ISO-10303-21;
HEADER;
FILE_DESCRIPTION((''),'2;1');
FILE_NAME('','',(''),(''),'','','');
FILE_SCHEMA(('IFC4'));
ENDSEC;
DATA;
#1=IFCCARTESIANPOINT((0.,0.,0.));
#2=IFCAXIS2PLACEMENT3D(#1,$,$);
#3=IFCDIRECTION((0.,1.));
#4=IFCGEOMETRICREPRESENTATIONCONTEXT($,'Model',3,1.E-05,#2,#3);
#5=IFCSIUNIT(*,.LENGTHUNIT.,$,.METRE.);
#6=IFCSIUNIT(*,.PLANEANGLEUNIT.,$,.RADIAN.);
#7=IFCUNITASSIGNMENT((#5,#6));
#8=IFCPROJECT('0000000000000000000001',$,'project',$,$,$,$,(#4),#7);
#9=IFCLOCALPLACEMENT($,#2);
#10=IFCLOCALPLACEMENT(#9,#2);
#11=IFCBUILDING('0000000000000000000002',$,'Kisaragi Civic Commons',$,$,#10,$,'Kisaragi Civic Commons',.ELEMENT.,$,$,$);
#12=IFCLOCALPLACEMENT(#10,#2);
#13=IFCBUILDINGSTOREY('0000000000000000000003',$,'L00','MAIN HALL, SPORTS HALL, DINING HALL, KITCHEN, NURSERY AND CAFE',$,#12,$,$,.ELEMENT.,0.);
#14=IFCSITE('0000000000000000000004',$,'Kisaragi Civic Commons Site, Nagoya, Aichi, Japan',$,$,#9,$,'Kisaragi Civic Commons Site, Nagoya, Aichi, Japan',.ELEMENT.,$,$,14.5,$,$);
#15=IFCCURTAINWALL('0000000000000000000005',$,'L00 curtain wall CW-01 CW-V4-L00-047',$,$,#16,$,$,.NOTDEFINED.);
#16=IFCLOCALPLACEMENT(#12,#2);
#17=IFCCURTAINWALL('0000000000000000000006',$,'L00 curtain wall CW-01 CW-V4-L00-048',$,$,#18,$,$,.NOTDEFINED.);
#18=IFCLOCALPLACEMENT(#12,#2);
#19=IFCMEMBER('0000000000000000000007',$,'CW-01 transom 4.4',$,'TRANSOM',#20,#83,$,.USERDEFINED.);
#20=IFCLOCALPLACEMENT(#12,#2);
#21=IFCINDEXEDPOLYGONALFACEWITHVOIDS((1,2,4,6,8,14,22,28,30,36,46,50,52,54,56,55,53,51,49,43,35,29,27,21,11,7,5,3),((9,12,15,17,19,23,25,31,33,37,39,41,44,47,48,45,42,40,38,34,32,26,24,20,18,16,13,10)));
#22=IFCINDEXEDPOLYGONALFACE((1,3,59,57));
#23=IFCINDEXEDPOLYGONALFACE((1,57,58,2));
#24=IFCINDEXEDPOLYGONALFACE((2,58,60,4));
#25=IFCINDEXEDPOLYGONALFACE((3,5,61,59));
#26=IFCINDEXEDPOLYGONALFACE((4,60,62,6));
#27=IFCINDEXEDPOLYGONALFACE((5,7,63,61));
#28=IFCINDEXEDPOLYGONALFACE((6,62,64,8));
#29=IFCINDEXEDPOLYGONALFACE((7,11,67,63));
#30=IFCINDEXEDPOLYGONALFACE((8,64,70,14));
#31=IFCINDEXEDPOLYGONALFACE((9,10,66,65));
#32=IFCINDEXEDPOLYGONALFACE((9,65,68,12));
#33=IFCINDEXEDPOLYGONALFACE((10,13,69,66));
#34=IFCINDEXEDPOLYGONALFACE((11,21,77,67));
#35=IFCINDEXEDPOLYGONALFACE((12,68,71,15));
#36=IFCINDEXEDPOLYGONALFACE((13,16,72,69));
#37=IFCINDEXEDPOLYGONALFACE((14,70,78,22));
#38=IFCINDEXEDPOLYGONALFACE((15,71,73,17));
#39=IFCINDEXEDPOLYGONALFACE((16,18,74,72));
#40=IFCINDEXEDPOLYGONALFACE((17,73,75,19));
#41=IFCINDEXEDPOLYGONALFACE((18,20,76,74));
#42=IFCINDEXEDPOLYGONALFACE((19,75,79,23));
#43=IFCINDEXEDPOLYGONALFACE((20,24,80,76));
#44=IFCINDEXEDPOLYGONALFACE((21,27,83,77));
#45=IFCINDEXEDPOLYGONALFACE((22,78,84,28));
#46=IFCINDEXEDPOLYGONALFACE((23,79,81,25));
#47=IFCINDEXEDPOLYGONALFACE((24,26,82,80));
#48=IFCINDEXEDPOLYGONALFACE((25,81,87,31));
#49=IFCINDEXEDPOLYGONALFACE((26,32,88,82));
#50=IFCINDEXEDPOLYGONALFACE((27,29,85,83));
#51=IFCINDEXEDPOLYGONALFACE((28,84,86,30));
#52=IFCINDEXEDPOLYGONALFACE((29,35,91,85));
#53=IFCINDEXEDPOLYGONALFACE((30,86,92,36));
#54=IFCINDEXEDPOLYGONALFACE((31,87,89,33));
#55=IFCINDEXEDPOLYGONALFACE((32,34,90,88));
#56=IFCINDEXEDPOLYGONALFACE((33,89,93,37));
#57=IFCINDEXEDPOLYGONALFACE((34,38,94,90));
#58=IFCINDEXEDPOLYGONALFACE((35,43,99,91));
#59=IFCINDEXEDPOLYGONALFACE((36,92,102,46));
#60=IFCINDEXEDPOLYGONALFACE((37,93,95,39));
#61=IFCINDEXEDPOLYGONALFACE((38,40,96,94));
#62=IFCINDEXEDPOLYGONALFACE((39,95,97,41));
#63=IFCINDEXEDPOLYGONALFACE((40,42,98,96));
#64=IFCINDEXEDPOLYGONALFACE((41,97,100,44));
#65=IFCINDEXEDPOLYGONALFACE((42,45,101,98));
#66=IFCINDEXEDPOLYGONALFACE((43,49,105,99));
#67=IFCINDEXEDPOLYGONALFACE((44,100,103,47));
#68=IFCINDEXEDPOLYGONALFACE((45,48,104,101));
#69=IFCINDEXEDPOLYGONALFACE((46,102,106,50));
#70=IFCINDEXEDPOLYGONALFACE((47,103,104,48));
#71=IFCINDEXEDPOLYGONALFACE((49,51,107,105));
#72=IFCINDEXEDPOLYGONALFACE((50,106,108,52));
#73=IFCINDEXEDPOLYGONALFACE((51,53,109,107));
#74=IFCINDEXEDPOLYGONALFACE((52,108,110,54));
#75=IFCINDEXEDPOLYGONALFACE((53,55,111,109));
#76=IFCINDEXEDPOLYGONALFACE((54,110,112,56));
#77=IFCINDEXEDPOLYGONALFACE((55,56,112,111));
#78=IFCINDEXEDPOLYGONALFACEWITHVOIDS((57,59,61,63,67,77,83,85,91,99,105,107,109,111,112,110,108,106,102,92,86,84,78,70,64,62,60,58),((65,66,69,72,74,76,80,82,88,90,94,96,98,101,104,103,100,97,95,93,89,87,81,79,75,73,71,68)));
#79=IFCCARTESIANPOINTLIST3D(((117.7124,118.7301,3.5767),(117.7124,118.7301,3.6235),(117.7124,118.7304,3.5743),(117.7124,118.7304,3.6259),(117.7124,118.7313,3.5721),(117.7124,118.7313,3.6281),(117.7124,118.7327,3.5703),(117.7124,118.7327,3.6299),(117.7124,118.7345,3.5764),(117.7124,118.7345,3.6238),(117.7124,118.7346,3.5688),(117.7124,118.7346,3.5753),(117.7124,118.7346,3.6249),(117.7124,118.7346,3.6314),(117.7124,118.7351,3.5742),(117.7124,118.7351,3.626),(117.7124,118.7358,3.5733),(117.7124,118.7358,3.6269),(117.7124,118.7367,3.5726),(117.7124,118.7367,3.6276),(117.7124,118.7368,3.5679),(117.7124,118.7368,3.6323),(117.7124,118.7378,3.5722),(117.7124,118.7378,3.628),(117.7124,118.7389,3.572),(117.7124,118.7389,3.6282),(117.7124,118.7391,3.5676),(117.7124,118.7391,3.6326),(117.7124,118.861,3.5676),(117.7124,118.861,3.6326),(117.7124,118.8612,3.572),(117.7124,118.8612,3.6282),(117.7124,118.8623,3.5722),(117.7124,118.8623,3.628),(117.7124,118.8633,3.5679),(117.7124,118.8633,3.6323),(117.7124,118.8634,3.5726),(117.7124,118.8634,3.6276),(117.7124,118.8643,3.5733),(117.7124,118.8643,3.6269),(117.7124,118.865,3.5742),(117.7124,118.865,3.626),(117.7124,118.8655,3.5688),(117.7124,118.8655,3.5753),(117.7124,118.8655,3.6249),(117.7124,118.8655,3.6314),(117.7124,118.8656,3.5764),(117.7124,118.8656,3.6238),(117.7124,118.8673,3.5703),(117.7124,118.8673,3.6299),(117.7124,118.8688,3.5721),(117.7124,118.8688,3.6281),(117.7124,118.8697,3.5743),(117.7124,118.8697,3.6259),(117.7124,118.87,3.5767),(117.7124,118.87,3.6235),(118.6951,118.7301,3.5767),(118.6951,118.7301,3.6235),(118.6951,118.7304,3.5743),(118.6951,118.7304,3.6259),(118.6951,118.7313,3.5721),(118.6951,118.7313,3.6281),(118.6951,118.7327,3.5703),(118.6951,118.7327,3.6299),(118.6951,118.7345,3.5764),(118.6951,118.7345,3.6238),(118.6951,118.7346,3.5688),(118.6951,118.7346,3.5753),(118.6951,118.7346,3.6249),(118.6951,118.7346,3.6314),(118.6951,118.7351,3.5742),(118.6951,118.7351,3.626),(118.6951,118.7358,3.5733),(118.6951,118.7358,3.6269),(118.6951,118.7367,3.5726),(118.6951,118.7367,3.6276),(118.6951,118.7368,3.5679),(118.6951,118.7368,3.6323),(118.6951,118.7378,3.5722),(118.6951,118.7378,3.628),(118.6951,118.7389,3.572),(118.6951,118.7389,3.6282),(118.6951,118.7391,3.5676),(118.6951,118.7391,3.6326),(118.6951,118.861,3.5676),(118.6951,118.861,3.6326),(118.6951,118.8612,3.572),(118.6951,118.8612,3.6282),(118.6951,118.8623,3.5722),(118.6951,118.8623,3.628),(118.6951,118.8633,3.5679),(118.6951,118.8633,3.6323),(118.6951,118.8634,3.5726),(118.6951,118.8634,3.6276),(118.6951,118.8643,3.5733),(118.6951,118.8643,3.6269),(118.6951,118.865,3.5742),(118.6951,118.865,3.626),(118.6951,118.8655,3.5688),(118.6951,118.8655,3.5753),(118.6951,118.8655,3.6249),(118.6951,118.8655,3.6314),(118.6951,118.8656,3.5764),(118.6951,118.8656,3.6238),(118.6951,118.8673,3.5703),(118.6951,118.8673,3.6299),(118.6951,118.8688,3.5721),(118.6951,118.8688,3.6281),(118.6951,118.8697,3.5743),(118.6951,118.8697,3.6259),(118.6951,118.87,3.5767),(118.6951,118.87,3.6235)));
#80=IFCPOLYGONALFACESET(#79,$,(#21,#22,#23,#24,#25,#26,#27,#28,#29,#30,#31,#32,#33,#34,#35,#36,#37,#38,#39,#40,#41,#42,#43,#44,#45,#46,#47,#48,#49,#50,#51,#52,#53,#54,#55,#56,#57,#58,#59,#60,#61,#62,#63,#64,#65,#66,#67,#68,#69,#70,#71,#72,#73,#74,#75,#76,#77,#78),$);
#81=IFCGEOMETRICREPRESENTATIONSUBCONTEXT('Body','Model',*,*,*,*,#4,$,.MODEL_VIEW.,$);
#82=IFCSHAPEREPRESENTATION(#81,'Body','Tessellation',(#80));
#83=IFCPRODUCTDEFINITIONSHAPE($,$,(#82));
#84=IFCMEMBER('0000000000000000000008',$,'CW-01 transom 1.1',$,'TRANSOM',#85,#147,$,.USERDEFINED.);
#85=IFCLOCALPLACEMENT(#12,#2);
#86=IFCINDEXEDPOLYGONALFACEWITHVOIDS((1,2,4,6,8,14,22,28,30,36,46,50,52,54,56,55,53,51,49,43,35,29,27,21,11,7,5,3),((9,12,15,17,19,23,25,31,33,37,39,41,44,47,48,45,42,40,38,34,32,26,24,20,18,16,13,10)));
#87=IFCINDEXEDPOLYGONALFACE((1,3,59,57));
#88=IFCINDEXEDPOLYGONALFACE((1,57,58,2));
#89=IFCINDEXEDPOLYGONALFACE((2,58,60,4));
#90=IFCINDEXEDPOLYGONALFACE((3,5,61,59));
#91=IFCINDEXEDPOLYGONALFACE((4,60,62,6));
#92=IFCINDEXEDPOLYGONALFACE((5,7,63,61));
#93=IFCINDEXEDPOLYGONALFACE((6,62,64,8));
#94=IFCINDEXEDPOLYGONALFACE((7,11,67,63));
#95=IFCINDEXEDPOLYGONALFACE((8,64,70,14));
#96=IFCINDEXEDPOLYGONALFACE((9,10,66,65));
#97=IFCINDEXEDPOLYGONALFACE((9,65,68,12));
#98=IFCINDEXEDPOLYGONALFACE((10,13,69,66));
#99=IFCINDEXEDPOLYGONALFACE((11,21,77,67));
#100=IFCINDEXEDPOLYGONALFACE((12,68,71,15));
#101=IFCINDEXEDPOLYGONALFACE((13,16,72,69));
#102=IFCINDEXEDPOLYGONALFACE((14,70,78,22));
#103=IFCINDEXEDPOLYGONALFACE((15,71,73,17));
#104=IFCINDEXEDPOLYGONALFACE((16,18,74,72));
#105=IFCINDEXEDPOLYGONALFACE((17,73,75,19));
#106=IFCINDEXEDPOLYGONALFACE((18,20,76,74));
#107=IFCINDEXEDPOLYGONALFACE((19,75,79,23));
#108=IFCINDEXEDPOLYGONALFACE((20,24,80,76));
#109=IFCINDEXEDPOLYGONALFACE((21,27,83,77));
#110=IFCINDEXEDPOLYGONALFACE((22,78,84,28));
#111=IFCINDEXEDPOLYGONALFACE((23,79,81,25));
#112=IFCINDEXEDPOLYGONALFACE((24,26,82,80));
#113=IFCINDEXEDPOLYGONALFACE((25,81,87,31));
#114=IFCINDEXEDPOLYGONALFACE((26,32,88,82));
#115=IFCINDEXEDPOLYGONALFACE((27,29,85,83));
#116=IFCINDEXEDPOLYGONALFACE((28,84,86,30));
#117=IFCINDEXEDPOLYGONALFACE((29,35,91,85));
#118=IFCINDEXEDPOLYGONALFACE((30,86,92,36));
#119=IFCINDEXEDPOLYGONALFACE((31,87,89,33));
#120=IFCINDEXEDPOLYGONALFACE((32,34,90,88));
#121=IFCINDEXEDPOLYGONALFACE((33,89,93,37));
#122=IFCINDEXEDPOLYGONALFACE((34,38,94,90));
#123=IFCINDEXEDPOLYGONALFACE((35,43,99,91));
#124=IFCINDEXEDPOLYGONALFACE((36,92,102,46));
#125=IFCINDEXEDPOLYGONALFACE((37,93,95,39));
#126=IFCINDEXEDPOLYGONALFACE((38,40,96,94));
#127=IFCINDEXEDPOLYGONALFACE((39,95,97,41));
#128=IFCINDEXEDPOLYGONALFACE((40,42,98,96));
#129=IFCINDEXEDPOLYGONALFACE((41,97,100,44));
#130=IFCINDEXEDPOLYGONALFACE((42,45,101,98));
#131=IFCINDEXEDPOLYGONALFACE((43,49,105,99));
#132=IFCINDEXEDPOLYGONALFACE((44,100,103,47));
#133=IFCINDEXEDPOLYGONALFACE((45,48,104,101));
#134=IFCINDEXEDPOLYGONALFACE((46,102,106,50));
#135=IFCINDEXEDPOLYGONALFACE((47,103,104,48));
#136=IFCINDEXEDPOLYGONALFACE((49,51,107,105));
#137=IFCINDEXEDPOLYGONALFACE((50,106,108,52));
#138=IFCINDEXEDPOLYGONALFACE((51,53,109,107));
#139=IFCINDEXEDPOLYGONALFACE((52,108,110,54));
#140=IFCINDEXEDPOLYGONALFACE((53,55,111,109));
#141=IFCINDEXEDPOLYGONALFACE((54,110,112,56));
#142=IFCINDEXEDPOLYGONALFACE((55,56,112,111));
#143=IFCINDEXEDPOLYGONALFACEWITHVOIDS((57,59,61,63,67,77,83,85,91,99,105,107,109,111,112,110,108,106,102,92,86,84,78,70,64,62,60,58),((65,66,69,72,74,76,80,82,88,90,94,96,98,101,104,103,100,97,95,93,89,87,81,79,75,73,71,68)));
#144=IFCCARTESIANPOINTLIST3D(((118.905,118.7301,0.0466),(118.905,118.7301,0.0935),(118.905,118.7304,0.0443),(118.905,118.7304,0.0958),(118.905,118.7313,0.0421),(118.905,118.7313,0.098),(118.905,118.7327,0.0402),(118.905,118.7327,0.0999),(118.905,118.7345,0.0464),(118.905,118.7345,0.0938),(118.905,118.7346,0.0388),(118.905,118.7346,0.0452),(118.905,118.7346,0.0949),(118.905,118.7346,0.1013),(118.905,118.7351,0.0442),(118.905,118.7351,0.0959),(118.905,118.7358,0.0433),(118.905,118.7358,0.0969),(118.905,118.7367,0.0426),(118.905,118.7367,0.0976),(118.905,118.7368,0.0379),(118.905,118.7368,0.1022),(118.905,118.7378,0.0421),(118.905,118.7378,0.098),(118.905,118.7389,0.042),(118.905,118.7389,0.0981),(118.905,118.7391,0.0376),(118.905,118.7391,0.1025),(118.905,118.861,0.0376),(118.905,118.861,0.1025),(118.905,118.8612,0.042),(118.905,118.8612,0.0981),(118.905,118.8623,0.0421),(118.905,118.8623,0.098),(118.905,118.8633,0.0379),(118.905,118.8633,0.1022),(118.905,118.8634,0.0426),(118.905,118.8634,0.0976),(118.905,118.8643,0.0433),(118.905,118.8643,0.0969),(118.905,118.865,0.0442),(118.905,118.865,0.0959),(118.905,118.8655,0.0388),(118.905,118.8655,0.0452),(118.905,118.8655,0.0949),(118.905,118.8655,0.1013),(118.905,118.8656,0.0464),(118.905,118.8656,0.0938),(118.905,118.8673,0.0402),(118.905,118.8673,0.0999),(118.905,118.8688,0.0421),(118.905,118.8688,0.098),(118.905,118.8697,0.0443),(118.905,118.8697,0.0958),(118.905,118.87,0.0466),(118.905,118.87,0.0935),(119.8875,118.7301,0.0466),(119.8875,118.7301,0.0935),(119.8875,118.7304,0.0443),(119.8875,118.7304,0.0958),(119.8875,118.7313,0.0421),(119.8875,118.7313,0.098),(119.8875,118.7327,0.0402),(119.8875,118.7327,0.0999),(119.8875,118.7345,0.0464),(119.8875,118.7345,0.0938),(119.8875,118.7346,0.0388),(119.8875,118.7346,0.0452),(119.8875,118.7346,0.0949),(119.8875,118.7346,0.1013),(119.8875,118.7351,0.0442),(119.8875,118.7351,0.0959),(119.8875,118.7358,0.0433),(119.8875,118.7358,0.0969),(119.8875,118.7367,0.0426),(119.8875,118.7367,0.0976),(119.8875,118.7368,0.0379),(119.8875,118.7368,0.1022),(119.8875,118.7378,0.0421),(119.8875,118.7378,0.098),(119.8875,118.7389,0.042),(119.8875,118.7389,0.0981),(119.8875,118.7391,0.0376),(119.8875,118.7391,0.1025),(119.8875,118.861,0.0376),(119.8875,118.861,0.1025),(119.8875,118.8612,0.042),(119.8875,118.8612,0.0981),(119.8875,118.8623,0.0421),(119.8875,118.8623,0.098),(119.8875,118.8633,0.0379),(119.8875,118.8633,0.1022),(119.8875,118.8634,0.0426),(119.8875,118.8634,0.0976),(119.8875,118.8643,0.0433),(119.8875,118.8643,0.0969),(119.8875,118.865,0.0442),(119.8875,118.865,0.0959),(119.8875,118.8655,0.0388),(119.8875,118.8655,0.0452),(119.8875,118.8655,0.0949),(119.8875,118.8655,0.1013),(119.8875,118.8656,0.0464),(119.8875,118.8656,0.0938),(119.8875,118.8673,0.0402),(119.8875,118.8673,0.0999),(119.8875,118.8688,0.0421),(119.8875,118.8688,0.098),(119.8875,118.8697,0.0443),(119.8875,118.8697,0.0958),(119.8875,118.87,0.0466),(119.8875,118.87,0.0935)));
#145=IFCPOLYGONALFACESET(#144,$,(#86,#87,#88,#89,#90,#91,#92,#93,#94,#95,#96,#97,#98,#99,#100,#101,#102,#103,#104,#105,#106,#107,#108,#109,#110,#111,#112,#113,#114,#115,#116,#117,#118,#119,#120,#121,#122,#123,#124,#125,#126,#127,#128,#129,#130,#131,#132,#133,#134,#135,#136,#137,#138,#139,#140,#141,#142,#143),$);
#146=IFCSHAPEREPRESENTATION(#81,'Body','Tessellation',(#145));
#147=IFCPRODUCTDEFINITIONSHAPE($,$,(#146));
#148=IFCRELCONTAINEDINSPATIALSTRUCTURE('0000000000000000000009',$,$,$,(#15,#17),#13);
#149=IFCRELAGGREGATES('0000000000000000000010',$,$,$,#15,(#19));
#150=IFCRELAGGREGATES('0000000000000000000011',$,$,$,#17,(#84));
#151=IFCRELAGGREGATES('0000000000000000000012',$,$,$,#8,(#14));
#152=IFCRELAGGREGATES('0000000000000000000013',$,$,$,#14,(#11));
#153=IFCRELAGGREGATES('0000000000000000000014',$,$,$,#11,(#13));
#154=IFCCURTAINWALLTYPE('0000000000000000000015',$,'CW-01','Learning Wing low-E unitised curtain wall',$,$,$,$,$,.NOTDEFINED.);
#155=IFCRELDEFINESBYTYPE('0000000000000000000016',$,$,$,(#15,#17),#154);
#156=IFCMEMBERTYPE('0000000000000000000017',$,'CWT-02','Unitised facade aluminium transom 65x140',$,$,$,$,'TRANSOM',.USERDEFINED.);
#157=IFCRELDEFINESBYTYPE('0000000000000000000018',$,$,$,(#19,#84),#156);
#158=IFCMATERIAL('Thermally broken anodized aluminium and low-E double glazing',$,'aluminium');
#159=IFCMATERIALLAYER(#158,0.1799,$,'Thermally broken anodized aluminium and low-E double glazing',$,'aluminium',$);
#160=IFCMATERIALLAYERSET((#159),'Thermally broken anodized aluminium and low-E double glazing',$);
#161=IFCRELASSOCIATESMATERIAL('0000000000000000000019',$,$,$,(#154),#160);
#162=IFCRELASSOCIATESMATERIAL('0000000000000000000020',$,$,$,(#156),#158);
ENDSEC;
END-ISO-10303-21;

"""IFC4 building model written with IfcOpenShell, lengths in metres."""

from ifc_helpers import new_model, si_unit, direction, frame, origin, origin_2d, place, context, subcontext, project, spatial, hollow_rectangle, extrude, material, layer, layer_set, material_profile, profile_set, type_object, element, aggregate, save


model = new_model("IFC4")

# Units and contexts
model_context = context("Model", 3, precision=1e-05, world=origin(), true_north=direction((0.0, 1.0)))
body_context = subcontext(model_context, "Body", "Model", "MODEL_VIEW")
ifc_project = project(units=[si_unit("LENGTHUNIT", "METRE"), si_unit("PLANEANGLEUNIT", "RADIAN")], contexts=[model_context])

# Site, building, storey
site_placement = place(None, origin())
site = spatial("IfcSite", under=ifc_project, at=site_placement, Name="Kisaragi Civic Commons Site, Nagoya, Aichi, Japan", LongName="Kisaragi Civic Commons Site, Nagoya, Aichi, Japan", CompositionType="ELEMENT", RefElevation=14.5)
building_placement = place(site_placement, origin())
building = spatial("IfcBuilding", under=site, at=building_placement, Name="Kisaragi Civic Commons", LongName="Kisaragi Civic Commons", CompositionType="ELEMENT")
storey_placement = place(building_placement, origin())
storey = spatial("IfcBuildingStorey", under=building, at=storey_placement, Name="L00", Description="MAIN HALL, SPORTS HALL, DINING HALL, KITCHEN, NURSERY AND CAFE", CompositionType="ELEMENT", Elevation=0.0)

# Curtain walls
ifc_material_1 = material(Name="Thermally broken anodized aluminium and low-E double glazing", Category="aluminium")
ifc_layer_1 = layer(ifc_material_1, 0.1799, Name="Thermally broken anodized aluminium and low-E double glazing", Category="aluminium")
ifc_layer_set_1 = layer_set([ifc_layer_1], Name="Thermally broken anodized aluminium and low-E double glazing")
curtain_wall_type = type_object("IfcCurtainWallType", Name="CW-01", Description="Learning Wing low-E unitised curtain wall", PredefinedType="NOTDEFINED", material=ifc_layer_set_1)
curtain_wall_1_placement = place(storey_placement, origin())
curtain_wall_1 = element("IfcCurtainWall", 1, at=curtain_wall_1_placement, inside=storey, type_object=curtain_wall_type, Name="L00 curtain wall CW-01 CW-V4-L00-047", PredefinedType="NOTDEFINED")
curtain_wall_2_placement = place(storey_placement, origin())
curtain_wall_2 = element("IfcCurtainWall", 2, at=curtain_wall_2_placement, inside=storey, type_object=curtain_wall_type, Name="L00 curtain wall CW-01 CW-V4-L00-048", PredefinedType="NOTDEFINED")

# Members
ifc_material_profile_1 = material_profile(ifc_material_1, hollow_rectangle(XDim=0.1399, YDim=0.0649, WallThickness=0.0044, InnerFilletRadius=0.0044, OuterFilletRadius=0.009, at=origin_2d()), Name="CWT-65x140x4.5", Category="aluminium")
ifc_profile_set_1 = profile_set([ifc_material_profile_1], Name="Thermally broken anodized aluminium and low-E double glazing")
member_type_1 = type_object("IfcMemberType", Name="CWT-02", Description="Unitised facade aluminium transom 65x140", ElementType="TRANSOM", PredefinedType="USERDEFINED", material=ifc_profile_set_1)
member_1_placement = place(storey_placement, frame((117.7124, 118.8, 3.6001), z_axis=(1.0, 0.0, 0.0), x_axis=(0.0, 1.0, 0.0)))
member_1 = element("IfcMember", 3, at=member_1_placement, type_object=member_type_1, Name="CW-01 transom 4.4", ObjectType="TRANSOM", PredefinedType="USERDEFINED", context=body_context, shape_type="SweptSolid", body=[
    extrude(hollow_rectangle(XDim=0.1399, YDim=0.0649, WallThickness=0.0044, InnerFilletRadius=0.0044, OuterFilletRadius=0.009, at=origin_2d()), origin(), (0.0, 0.0, 1.0), 0.9827),
])
member_2_placement = place(storey_placement, frame((118.905, 118.8, 0.0701), z_axis=(1.0, 0.0, 0.0), x_axis=(0.0, 1.0, 0.0)))
member_2 = element("IfcMember", 4, at=member_2_placement, type_object=member_type_1, Name="CW-01 transom 1.1", ObjectType="TRANSOM", PredefinedType="USERDEFINED", context=body_context, shape_type="SweptSolid", body=[
    extrude(hollow_rectangle(XDim=0.1399, YDim=0.0649, WallThickness=0.0044, InnerFilletRadius=0.0044, OuterFilletRadius=0.009, at=origin_2d()), origin(), (0.0, 0.0, 1.0), 0.9824),
])

aggregate(curtain_wall_1, [member_1])
aggregate(curtain_wall_2, [member_2])

save(model, "model.ifc")
